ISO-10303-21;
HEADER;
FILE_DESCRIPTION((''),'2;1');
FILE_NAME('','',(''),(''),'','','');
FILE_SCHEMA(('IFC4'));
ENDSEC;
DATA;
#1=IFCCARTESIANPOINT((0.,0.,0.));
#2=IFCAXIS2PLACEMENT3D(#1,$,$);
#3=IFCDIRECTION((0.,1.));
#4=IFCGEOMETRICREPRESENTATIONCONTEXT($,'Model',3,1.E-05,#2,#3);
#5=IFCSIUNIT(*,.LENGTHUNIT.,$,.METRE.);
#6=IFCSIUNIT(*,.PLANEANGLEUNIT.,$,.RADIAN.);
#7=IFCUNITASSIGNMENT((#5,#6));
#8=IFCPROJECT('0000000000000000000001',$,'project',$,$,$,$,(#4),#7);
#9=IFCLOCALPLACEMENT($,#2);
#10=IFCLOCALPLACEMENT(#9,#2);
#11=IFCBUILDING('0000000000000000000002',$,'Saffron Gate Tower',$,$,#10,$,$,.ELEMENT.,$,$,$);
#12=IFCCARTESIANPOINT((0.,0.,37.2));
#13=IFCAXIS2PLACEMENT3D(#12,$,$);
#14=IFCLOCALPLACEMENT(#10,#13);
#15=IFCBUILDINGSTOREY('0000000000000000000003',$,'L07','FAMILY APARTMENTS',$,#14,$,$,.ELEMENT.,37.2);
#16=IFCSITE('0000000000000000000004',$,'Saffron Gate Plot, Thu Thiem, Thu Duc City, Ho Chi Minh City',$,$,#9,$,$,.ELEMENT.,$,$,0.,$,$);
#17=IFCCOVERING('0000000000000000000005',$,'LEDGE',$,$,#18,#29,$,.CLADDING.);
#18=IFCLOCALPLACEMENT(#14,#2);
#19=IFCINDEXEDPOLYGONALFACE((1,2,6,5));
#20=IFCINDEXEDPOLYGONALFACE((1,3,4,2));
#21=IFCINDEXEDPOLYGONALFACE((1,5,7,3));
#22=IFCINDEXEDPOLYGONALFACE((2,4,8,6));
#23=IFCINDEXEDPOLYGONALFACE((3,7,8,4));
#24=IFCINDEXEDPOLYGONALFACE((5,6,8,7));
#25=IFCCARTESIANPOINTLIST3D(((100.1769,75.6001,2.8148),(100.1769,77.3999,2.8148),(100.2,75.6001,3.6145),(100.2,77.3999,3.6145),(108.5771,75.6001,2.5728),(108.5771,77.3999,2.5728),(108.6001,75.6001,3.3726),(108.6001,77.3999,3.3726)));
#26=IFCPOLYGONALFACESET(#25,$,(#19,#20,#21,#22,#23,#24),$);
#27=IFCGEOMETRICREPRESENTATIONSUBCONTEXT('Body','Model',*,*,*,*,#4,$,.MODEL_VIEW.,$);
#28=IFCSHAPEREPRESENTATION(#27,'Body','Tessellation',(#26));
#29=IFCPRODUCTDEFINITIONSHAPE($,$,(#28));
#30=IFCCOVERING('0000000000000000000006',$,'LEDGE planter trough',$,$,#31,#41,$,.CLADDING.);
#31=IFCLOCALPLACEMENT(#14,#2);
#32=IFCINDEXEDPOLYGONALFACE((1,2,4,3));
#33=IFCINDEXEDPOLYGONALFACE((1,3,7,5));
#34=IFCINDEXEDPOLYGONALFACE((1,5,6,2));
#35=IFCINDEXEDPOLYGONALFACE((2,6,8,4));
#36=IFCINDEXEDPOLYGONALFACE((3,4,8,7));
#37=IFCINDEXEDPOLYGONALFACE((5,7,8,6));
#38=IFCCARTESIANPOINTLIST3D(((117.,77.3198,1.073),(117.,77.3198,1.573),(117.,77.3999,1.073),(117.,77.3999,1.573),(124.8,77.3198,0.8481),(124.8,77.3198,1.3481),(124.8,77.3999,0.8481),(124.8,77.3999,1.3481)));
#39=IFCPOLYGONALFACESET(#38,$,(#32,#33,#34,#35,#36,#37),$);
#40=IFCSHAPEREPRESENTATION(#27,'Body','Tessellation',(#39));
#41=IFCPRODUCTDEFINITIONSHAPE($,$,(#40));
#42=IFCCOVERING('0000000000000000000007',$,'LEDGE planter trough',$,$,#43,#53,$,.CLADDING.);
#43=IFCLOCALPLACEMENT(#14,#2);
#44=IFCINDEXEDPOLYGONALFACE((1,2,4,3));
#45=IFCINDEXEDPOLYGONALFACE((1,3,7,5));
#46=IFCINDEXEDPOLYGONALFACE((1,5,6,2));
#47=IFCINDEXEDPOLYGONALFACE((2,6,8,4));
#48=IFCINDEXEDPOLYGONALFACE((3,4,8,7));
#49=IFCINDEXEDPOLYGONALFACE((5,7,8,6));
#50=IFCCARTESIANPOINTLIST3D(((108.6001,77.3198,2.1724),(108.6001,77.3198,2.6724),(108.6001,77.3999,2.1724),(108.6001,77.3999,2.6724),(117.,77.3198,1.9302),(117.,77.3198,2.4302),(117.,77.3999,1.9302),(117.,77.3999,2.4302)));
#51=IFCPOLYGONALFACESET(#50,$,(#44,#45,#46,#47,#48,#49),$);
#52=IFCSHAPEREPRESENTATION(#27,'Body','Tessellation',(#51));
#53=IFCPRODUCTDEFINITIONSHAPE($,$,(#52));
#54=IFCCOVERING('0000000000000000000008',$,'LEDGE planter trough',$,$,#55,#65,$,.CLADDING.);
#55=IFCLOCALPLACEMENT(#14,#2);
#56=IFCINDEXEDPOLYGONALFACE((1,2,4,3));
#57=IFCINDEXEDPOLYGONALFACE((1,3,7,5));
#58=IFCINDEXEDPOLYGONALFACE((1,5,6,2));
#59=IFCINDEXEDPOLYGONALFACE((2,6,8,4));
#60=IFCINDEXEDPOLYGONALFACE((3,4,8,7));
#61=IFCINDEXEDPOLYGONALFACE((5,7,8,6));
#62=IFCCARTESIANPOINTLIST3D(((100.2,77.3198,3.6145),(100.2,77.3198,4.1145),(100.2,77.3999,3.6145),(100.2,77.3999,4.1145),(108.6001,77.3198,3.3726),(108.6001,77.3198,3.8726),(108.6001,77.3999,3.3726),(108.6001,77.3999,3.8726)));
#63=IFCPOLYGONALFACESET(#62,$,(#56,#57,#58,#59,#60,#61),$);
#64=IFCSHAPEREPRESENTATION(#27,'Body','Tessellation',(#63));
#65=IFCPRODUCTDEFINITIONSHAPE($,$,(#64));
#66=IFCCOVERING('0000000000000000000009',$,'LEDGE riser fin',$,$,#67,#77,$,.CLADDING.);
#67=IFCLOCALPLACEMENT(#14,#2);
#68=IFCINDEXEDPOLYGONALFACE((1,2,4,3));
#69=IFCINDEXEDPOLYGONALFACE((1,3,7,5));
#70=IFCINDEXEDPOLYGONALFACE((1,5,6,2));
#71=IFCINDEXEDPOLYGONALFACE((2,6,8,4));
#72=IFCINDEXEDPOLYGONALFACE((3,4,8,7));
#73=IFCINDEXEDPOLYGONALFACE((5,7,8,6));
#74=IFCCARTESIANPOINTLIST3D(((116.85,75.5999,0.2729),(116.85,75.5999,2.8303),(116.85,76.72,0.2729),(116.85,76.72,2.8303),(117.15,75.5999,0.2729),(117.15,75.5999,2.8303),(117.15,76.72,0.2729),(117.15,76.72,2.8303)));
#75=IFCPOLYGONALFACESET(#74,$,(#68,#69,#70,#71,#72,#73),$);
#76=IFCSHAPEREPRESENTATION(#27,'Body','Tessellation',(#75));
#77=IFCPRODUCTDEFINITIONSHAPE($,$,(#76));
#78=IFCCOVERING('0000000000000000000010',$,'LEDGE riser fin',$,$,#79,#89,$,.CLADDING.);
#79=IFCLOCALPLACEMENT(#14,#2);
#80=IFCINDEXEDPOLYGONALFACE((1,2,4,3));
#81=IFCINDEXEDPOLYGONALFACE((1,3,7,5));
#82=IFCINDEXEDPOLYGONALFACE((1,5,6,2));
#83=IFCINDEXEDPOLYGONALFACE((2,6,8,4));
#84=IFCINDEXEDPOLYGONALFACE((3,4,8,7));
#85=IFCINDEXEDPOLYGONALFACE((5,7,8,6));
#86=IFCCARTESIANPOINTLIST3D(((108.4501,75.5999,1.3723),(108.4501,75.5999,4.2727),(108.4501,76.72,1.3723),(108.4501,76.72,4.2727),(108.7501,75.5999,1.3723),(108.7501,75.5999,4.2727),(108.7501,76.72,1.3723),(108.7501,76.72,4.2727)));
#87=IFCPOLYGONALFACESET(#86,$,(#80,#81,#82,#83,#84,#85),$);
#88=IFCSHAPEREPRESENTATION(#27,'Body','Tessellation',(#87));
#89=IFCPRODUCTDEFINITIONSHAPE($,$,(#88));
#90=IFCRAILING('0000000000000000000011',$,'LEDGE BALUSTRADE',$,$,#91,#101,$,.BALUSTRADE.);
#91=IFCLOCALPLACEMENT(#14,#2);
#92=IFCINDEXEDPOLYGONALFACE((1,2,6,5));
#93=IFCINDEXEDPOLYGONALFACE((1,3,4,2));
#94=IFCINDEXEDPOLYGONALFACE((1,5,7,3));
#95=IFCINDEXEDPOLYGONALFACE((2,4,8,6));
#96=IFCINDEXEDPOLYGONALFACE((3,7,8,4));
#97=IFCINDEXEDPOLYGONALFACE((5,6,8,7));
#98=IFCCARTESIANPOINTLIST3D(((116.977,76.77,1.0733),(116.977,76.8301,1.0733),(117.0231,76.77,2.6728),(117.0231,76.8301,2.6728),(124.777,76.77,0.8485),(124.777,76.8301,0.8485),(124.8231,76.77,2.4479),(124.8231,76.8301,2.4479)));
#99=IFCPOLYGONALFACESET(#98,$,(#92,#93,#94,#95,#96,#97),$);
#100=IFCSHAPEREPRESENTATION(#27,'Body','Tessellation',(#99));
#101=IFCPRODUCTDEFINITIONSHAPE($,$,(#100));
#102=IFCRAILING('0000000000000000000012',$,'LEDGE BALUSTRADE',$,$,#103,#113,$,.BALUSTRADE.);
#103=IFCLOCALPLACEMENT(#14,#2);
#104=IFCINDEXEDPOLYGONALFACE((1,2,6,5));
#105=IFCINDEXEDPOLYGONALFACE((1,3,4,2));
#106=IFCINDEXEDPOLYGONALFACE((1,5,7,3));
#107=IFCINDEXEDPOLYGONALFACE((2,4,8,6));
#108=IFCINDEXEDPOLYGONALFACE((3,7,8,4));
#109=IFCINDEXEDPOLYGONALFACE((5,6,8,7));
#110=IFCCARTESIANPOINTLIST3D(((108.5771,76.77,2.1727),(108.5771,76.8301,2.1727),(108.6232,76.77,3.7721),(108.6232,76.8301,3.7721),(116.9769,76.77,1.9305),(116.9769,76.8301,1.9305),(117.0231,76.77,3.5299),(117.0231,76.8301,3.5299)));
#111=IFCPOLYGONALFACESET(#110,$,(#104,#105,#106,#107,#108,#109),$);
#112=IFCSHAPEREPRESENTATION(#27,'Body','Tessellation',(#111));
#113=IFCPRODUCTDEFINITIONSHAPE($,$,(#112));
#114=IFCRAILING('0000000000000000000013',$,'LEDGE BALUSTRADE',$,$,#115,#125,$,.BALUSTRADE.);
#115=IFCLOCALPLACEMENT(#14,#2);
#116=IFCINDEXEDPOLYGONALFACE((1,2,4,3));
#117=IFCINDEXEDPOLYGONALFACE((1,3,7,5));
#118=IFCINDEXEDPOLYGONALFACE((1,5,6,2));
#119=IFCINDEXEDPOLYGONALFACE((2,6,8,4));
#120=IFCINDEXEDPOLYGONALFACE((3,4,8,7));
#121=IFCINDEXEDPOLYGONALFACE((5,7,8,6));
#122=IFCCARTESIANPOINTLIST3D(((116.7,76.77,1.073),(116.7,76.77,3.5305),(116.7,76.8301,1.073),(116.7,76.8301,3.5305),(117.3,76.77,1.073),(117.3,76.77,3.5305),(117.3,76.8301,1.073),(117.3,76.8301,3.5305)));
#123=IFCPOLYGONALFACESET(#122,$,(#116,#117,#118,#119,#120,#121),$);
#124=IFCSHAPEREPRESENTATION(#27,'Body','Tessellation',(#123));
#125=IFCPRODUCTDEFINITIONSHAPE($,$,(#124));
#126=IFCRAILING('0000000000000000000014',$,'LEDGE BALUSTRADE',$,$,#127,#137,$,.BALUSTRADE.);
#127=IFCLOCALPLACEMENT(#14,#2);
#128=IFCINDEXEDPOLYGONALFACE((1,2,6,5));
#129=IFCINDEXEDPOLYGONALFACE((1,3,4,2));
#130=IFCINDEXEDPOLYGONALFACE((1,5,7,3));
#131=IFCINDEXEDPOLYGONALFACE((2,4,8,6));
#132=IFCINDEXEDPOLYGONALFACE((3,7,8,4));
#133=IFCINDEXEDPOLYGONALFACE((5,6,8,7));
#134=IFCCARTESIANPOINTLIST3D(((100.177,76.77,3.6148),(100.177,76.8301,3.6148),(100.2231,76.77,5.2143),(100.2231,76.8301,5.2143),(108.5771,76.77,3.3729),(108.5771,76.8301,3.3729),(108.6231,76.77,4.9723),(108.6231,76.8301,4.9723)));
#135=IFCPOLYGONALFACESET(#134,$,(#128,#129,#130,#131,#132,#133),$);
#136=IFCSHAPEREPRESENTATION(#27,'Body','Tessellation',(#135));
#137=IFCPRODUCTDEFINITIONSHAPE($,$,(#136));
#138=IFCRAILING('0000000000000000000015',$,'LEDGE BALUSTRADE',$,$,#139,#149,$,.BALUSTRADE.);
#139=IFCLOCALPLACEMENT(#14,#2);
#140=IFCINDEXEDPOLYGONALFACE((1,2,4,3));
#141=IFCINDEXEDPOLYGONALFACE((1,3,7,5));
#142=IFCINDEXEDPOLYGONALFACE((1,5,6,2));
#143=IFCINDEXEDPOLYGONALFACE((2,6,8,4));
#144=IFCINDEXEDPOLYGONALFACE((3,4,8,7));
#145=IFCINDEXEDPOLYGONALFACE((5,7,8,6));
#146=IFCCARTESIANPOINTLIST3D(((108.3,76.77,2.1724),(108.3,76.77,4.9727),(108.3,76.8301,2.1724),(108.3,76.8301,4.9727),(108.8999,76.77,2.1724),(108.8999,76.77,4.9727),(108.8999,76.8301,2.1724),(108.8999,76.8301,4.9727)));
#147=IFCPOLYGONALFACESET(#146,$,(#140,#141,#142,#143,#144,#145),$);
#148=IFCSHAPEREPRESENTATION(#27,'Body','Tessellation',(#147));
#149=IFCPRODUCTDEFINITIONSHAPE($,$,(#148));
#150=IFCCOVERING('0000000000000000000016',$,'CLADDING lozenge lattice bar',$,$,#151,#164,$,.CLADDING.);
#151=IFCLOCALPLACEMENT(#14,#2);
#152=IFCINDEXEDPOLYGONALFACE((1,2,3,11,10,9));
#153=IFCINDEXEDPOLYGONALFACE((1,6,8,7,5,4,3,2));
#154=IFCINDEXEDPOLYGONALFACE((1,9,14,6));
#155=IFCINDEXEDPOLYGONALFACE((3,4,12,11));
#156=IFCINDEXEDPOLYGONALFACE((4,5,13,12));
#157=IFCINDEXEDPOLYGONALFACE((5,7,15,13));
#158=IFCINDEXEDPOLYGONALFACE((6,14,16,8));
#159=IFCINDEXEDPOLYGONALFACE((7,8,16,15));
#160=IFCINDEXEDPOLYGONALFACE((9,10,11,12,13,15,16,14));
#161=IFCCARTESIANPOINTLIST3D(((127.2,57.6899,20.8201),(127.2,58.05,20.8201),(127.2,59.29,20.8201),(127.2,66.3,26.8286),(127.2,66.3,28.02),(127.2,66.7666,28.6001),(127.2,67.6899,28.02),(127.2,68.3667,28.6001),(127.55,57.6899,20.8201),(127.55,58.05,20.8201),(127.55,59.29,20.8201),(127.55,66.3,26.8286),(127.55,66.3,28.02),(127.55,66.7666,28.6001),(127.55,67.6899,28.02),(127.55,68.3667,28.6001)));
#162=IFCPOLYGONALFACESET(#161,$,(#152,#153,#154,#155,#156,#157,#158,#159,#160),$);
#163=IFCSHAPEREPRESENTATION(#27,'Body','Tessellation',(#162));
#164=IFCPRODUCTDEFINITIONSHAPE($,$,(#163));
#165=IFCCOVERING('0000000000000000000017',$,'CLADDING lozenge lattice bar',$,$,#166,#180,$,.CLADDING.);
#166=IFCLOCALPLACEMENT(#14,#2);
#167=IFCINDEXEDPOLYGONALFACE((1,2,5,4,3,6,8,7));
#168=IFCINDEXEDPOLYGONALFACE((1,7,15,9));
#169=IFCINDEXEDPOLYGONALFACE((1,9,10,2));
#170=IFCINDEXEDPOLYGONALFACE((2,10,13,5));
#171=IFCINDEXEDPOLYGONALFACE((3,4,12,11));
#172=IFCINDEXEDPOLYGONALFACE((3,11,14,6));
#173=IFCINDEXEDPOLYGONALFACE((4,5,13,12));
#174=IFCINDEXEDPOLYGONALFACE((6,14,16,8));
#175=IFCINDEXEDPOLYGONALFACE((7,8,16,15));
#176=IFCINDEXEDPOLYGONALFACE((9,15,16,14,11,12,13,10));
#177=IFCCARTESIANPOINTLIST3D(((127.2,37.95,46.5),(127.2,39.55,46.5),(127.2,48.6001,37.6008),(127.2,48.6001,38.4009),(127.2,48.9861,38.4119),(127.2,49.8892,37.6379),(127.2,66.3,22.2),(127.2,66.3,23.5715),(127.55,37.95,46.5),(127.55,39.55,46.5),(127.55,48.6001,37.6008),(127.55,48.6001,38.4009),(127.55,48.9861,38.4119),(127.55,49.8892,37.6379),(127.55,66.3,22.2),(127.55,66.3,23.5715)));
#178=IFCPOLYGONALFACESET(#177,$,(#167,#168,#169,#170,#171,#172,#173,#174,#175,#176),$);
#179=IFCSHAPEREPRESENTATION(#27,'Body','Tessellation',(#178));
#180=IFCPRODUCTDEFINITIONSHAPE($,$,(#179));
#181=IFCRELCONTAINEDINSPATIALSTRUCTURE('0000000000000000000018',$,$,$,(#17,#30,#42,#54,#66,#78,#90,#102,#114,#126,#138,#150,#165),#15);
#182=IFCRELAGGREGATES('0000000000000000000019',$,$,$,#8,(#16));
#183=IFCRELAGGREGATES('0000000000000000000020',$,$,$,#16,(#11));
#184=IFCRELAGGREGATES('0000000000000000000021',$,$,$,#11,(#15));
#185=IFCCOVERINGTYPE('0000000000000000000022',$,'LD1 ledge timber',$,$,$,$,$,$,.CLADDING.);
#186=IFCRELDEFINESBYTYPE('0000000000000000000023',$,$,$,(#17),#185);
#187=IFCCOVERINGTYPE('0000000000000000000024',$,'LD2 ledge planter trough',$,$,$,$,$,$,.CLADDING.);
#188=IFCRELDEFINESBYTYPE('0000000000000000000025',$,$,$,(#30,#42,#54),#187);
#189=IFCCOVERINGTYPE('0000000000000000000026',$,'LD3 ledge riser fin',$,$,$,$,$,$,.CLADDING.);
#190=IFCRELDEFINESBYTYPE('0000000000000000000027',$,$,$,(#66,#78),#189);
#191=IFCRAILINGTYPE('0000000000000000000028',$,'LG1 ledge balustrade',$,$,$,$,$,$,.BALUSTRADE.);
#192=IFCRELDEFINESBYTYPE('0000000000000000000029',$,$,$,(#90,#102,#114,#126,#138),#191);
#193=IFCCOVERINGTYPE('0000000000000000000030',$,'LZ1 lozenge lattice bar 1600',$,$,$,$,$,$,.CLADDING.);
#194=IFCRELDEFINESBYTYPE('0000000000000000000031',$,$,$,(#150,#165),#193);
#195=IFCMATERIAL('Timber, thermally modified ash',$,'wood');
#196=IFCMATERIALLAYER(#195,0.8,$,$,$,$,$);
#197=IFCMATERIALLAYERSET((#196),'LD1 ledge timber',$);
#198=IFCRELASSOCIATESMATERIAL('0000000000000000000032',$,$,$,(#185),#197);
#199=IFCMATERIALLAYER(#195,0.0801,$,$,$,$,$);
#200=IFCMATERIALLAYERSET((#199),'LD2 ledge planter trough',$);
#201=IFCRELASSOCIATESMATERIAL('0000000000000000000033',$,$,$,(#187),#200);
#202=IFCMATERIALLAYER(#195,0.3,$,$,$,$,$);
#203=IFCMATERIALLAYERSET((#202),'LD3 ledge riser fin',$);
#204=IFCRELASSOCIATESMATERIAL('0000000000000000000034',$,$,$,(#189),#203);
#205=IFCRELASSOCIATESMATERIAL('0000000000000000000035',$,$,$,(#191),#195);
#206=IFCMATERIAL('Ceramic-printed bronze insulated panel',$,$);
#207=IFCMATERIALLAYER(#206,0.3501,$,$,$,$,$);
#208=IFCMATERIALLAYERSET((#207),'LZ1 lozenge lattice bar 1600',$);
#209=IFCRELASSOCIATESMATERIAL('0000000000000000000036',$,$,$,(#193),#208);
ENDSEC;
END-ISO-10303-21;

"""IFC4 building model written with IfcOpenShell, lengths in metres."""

from ifc_helpers import new_model, si_unit, direction, frame, origin, origin_2d, place, context, subcontext, project, spatial, polyline, rectangle, outline, extrude, material, layer, layer_set, type_object, element, save


model = new_model("IFC4")

# Units and contexts
model_context = context("Model", 3, precision=1e-05, world=origin(), true_north=direction((0.0, 1.0)))
body_context = subcontext(model_context, "Body", "Model", "MODEL_VIEW")
ifc_project = project(units=[si_unit("LENGTHUNIT", "METRE"), si_unit("PLANEANGLEUNIT", "RADIAN")], contexts=[model_context])

# Site, building, storey
site_placement = place(None, origin())
site = spatial("IfcSite", under=ifc_project, at=site_placement, Name="Saffron Gate Plot, Thu Thiem, Thu Duc City, Ho Chi Minh City", CompositionType="ELEMENT", RefElevation=0.0)
building_placement = place(site_placement, origin())
building = spatial("IfcBuilding", under=site, at=building_placement, Name="Saffron Gate Tower", CompositionType="ELEMENT")
storey_placement = place(building_placement, frame((0.0, 0.0, 37.2)))
storey = spatial("IfcBuildingStorey", under=building, at=storey_placement, Name="L07", Description="FAMILY APARTMENTS", CompositionType="ELEMENT", Elevation=37.2)

# Coverings
ifc_material_1 = material(Name="Timber, thermally modified ash", Category="wood")
ifc_layer_1 = layer(ifc_material_1, 0.8)
ifc_layer_set_1 = layer_set([ifc_layer_1], Name="LD1 ledge timber")
covering_type_1 = type_object("IfcCoveringType", Name="LD1 ledge timber", PredefinedType="CLADDING", material=ifc_layer_set_1)
covering_1_placement = place(storey_placement, frame((108.6001, 75.6001, 3.3726), z_axis=(0.02879, 0.0, 0.999585), x_axis=(-0.999585, 0.0, 0.02879)))
element("IfcCovering", 1, at=covering_1_placement, inside=storey, type_object=covering_type_1, Name="LEDGE", PredefinedType="CLADDING", context=body_context, shape_type="SweptSolid", body=[
    extrude(outline(polyline([(0.0, 0.0), (8.4036, 0.0), (8.4036, -1.7998), (0.0, -1.7998), (0.0, 0.0)])), origin(), (0.0, 0.0, -1.0), 0.8),
])
ifc_layer_2 = layer(ifc_material_1, 0.0801)
ifc_layer_set_2 = layer_set([ifc_layer_2], Name="LD2 ledge planter trough")
covering_type_2 = type_object("IfcCoveringType", Name="LD2 ledge planter trough", PredefinedType="CLADDING", material=ifc_layer_set_2)
covering_2_placement = place(storey_placement, frame((124.8, 77.3999, 0.8481), z_axis=(0.0, 1.0, 0.0), x_axis=(-0.999585, 0.0, 0.028815)))
element("IfcCovering", 2, at=covering_2_placement, inside=storey, type_object=covering_type_2, Name="LEDGE planter trough", PredefinedType="CLADDING", context=body_context, shape_type="SweptSolid", body=[
    extrude(outline(polyline([(0.0, 0.0), (7.8033, 0.0), (7.8177, 0.4998), (0.0144, 0.4998), (0.0, 0.0)])), origin(), (0.0, 0.0, -1.0), 0.0801),
])
covering_3_placement = place(storey_placement, frame((117.0, 77.3999, 1.9302), z_axis=(0.0, 1.0, 0.0), x_axis=(-0.999585, 0.0, 0.02882)))
element("IfcCovering", 3, at=covering_3_placement, inside=storey, type_object=covering_type_2, Name="LEDGE planter trough", PredefinedType="CLADDING", context=body_context, shape_type="SweptSolid", body=[
    extrude(outline(polyline([(0.0, 0.0), (8.4034, 0.0), (8.4178, 0.4998), (0.0144, 0.4998), (0.0, 0.0)])), origin(), (0.0, 0.0, -1.0), 0.0801),
])
covering_4_placement = place(storey_placement, frame((108.6001, 77.3999, 3.3726), z_axis=(0.0, 1.0, 0.0), x_axis=(-0.999585, 0.0, 0.02879)))
element("IfcCovering", 4, at=covering_4_placement, inside=storey, type_object=covering_type_2, Name="LEDGE planter trough", PredefinedType="CLADDING", context=body_context, shape_type="SweptSolid", body=[
    extrude(outline(polyline([(0.0, 0.0), (8.4036, 0.0), (8.418, 0.4998), (0.0144, 0.4998), (0.0, 0.0)])), origin(), (0.0, 0.0, -1.0), 0.0801),
])
ifc_layer_3 = layer(ifc_material_1, 0.3)
ifc_layer_set_3 = layer_set([ifc_layer_3], Name="LD3 ledge riser fin")
covering_type_3 = type_object("IfcCoveringType", Name="LD3 ledge riser fin", PredefinedType="CLADDING", material=ifc_layer_set_3)
covering_5_placement = place(storey_placement, frame((117.0, 76.1599, 0.2729), z_axis=(0.0, 0.0, 1.0), x_axis=(-1.0, 0.0, 0.0)))
element("IfcCovering", 5, at=covering_5_placement, inside=storey, type_object=covering_type_3, Name="LEDGE riser fin", PredefinedType="CLADDING", context=body_context, shape_type="SweptSolid", body=[
    extrude(rectangle(XDim=0.3, YDim=1.1201, at=origin_2d()), origin(), (0.0, 0.0, 1.0), 2.5574),
])
covering_6_placement = place(storey_placement, frame((108.6001, 76.1599, 1.3723), z_axis=(0.0, 0.0, 1.0), x_axis=(-1.0, 0.0, 0.0)))
element("IfcCovering", 6, at=covering_6_placement, inside=storey, type_object=covering_type_3, Name="LEDGE riser fin", PredefinedType="CLADDING", context=body_context, shape_type="SweptSolid", body=[
    extrude(rectangle(XDim=0.3, YDim=1.1201, at=origin_2d()), origin(), (0.0, 0.0, 1.0), 2.9004),
])

# Railings
railing_type = type_object("IfcRailingType", Name="LG1 ledge balustrade", PredefinedType="BALUSTRADE", material=ifc_material_1)
railing_1_placement = place(storey_placement, frame((124.8, 76.8, 0.8481)))
element("IfcRailing", 7, at=railing_1_placement, inside=storey, type_object=railing_type, Name="LEDGE BALUSTRADE", PredefinedType="BALUSTRADE", context=body_context, shape_type="SweptSolid", body=[
    extrude(rectangle(XDim=0.0601, YDim=1.6001, at=origin_2d()), frame((0.0, 0.0, 0.8), z_axis=(-0.999585, 0.0, 0.028815), x_axis=(0.0, -1.0, 0.0)), (0.0, 0.0, 1.0), 7.8032),
])
railing_2_placement = place(storey_placement, frame((117.0, 76.8, 1.9302)))
element("IfcRailing", 8, at=railing_2_placement, inside=storey, type_object=railing_type, Name="LEDGE BALUSTRADE", PredefinedType="BALUSTRADE", context=body_context, shape_type="SweptSolid", body=[
    extrude(rectangle(XDim=0.0601, YDim=1.6001, at=origin_2d()), frame((0.0, 0.0, 0.8), z_axis=(-0.999585, 0.0, 0.02882), x_axis=(0.0, -1.0, 0.0)), (0.0, 0.0, 1.0), 8.4033),
])
railing_3_placement = place(storey_placement, frame((117.3, 76.8, 1.073)))
element("IfcRailing", 9, at=railing_3_placement, inside=storey, type_object=railing_type, Name="LEDGE BALUSTRADE", PredefinedType="BALUSTRADE", context=body_context, shape_type="SweptSolid", body=[
    extrude(rectangle(XDim=0.0601, YDim=2.4575, at=origin_2d()), frame((0.0, 0.0, 1.2288), z_axis=(-1.0, 0.0, 0.0), x_axis=(0.0, -1.0, 0.0)), (0.0, 0.0, 1.0), 0.6001),
])
railing_4_placement = place(storey_placement, frame((108.6001, 76.8, 3.3726)))
element("IfcRailing", 10, at=railing_4_placement, inside=storey, type_object=railing_type, Name="LEDGE BALUSTRADE", PredefinedType="BALUSTRADE", context=body_context, shape_type="SweptSolid", body=[
    extrude(rectangle(XDim=0.0601, YDim=1.6001, at=origin_2d()), frame((0.0, 0.0, 0.8), z_axis=(-0.999585, 0.0, 0.02879), x_axis=(0.0, -1.0, 0.0)), (0.0, 0.0, 1.0), 8.4036),
])
railing_5_placement = place(storey_placement, frame((108.8999, 76.8, 2.1724)))
element("IfcRailing", 11, at=railing_5_placement, inside=storey, type_object=railing_type, Name="LEDGE BALUSTRADE", PredefinedType="BALUSTRADE", context=body_context, shape_type="SweptSolid", body=[
    extrude(rectangle(XDim=0.0601, YDim=2.8003, at=origin_2d()), frame((0.0, 0.0, 1.4001), z_axis=(-1.0, 0.0, 0.0), x_axis=(0.0, -1.0, 0.0)), (0.0, 0.0, 1.0), 0.5999),
])

# Coverings
ifc_material_2 = material(Name="Ceramic-printed bronze insulated panel")
ifc_layer_4 = layer(ifc_material_2, 0.3501)
ifc_layer_set_4 = layer_set([ifc_layer_4], Name="LZ1 lozenge lattice bar 1600")
covering_type_4 = type_object("IfcCoveringType", Name="LZ1 lozenge lattice bar 1600", PredefinedType="CLADDING", material=ifc_layer_set_4)
covering_7_placement = place(storey_placement, frame((127.55, 57.6899, 20.8201), z_axis=(1.0, 0.0, 0.0), x_axis=(0.0, 1.0, 0.0)))
element("IfcCovering", 12, at=covering_7_placement, inside=storey, type_object=covering_type_4, Name="CLADDING lozenge lattice bar", PredefinedType="CLADDING", context=body_context, shape_type="SweptSolid", body=[
    extrude(outline(polyline([(0.0, 0.0), (0.3601, 0.0), (1.6001, 0.0), (8.6101, 6.0085), (8.6101, 7.2), (10.0, 7.2), (10.6768, 7.78), (9.0767, 7.78), (0.0, 0.0)])), origin(), (0.0, 0.0, -1.0), 0.3501),
])
covering_8_placement = place(storey_placement, frame((127.55, 66.3, 22.2), z_axis=(1.0, 0.0, 0.0), x_axis=(0.0, 0.0, 1.0)))
element("IfcCovering", 13, at=covering_8_placement, inside=storey, type_object=covering_type_4, Name="CLADDING lozenge lattice bar", PredefinedType="CLADDING", context=body_context, shape_type="SweptSolid", body=[
    extrude(outline(polyline([(0.0, 0.0), (1.3716, 0.0), (15.438, 16.4109), (15.4009, 17.7), (16.2009, 17.7), (16.2119, 17.314), (24.3, 26.75), (24.3, 28.3501), (0.0, 0.0)])), origin(), (0.0, 0.0, -1.0), 0.3501),
])

save(model, "model.ifc")
